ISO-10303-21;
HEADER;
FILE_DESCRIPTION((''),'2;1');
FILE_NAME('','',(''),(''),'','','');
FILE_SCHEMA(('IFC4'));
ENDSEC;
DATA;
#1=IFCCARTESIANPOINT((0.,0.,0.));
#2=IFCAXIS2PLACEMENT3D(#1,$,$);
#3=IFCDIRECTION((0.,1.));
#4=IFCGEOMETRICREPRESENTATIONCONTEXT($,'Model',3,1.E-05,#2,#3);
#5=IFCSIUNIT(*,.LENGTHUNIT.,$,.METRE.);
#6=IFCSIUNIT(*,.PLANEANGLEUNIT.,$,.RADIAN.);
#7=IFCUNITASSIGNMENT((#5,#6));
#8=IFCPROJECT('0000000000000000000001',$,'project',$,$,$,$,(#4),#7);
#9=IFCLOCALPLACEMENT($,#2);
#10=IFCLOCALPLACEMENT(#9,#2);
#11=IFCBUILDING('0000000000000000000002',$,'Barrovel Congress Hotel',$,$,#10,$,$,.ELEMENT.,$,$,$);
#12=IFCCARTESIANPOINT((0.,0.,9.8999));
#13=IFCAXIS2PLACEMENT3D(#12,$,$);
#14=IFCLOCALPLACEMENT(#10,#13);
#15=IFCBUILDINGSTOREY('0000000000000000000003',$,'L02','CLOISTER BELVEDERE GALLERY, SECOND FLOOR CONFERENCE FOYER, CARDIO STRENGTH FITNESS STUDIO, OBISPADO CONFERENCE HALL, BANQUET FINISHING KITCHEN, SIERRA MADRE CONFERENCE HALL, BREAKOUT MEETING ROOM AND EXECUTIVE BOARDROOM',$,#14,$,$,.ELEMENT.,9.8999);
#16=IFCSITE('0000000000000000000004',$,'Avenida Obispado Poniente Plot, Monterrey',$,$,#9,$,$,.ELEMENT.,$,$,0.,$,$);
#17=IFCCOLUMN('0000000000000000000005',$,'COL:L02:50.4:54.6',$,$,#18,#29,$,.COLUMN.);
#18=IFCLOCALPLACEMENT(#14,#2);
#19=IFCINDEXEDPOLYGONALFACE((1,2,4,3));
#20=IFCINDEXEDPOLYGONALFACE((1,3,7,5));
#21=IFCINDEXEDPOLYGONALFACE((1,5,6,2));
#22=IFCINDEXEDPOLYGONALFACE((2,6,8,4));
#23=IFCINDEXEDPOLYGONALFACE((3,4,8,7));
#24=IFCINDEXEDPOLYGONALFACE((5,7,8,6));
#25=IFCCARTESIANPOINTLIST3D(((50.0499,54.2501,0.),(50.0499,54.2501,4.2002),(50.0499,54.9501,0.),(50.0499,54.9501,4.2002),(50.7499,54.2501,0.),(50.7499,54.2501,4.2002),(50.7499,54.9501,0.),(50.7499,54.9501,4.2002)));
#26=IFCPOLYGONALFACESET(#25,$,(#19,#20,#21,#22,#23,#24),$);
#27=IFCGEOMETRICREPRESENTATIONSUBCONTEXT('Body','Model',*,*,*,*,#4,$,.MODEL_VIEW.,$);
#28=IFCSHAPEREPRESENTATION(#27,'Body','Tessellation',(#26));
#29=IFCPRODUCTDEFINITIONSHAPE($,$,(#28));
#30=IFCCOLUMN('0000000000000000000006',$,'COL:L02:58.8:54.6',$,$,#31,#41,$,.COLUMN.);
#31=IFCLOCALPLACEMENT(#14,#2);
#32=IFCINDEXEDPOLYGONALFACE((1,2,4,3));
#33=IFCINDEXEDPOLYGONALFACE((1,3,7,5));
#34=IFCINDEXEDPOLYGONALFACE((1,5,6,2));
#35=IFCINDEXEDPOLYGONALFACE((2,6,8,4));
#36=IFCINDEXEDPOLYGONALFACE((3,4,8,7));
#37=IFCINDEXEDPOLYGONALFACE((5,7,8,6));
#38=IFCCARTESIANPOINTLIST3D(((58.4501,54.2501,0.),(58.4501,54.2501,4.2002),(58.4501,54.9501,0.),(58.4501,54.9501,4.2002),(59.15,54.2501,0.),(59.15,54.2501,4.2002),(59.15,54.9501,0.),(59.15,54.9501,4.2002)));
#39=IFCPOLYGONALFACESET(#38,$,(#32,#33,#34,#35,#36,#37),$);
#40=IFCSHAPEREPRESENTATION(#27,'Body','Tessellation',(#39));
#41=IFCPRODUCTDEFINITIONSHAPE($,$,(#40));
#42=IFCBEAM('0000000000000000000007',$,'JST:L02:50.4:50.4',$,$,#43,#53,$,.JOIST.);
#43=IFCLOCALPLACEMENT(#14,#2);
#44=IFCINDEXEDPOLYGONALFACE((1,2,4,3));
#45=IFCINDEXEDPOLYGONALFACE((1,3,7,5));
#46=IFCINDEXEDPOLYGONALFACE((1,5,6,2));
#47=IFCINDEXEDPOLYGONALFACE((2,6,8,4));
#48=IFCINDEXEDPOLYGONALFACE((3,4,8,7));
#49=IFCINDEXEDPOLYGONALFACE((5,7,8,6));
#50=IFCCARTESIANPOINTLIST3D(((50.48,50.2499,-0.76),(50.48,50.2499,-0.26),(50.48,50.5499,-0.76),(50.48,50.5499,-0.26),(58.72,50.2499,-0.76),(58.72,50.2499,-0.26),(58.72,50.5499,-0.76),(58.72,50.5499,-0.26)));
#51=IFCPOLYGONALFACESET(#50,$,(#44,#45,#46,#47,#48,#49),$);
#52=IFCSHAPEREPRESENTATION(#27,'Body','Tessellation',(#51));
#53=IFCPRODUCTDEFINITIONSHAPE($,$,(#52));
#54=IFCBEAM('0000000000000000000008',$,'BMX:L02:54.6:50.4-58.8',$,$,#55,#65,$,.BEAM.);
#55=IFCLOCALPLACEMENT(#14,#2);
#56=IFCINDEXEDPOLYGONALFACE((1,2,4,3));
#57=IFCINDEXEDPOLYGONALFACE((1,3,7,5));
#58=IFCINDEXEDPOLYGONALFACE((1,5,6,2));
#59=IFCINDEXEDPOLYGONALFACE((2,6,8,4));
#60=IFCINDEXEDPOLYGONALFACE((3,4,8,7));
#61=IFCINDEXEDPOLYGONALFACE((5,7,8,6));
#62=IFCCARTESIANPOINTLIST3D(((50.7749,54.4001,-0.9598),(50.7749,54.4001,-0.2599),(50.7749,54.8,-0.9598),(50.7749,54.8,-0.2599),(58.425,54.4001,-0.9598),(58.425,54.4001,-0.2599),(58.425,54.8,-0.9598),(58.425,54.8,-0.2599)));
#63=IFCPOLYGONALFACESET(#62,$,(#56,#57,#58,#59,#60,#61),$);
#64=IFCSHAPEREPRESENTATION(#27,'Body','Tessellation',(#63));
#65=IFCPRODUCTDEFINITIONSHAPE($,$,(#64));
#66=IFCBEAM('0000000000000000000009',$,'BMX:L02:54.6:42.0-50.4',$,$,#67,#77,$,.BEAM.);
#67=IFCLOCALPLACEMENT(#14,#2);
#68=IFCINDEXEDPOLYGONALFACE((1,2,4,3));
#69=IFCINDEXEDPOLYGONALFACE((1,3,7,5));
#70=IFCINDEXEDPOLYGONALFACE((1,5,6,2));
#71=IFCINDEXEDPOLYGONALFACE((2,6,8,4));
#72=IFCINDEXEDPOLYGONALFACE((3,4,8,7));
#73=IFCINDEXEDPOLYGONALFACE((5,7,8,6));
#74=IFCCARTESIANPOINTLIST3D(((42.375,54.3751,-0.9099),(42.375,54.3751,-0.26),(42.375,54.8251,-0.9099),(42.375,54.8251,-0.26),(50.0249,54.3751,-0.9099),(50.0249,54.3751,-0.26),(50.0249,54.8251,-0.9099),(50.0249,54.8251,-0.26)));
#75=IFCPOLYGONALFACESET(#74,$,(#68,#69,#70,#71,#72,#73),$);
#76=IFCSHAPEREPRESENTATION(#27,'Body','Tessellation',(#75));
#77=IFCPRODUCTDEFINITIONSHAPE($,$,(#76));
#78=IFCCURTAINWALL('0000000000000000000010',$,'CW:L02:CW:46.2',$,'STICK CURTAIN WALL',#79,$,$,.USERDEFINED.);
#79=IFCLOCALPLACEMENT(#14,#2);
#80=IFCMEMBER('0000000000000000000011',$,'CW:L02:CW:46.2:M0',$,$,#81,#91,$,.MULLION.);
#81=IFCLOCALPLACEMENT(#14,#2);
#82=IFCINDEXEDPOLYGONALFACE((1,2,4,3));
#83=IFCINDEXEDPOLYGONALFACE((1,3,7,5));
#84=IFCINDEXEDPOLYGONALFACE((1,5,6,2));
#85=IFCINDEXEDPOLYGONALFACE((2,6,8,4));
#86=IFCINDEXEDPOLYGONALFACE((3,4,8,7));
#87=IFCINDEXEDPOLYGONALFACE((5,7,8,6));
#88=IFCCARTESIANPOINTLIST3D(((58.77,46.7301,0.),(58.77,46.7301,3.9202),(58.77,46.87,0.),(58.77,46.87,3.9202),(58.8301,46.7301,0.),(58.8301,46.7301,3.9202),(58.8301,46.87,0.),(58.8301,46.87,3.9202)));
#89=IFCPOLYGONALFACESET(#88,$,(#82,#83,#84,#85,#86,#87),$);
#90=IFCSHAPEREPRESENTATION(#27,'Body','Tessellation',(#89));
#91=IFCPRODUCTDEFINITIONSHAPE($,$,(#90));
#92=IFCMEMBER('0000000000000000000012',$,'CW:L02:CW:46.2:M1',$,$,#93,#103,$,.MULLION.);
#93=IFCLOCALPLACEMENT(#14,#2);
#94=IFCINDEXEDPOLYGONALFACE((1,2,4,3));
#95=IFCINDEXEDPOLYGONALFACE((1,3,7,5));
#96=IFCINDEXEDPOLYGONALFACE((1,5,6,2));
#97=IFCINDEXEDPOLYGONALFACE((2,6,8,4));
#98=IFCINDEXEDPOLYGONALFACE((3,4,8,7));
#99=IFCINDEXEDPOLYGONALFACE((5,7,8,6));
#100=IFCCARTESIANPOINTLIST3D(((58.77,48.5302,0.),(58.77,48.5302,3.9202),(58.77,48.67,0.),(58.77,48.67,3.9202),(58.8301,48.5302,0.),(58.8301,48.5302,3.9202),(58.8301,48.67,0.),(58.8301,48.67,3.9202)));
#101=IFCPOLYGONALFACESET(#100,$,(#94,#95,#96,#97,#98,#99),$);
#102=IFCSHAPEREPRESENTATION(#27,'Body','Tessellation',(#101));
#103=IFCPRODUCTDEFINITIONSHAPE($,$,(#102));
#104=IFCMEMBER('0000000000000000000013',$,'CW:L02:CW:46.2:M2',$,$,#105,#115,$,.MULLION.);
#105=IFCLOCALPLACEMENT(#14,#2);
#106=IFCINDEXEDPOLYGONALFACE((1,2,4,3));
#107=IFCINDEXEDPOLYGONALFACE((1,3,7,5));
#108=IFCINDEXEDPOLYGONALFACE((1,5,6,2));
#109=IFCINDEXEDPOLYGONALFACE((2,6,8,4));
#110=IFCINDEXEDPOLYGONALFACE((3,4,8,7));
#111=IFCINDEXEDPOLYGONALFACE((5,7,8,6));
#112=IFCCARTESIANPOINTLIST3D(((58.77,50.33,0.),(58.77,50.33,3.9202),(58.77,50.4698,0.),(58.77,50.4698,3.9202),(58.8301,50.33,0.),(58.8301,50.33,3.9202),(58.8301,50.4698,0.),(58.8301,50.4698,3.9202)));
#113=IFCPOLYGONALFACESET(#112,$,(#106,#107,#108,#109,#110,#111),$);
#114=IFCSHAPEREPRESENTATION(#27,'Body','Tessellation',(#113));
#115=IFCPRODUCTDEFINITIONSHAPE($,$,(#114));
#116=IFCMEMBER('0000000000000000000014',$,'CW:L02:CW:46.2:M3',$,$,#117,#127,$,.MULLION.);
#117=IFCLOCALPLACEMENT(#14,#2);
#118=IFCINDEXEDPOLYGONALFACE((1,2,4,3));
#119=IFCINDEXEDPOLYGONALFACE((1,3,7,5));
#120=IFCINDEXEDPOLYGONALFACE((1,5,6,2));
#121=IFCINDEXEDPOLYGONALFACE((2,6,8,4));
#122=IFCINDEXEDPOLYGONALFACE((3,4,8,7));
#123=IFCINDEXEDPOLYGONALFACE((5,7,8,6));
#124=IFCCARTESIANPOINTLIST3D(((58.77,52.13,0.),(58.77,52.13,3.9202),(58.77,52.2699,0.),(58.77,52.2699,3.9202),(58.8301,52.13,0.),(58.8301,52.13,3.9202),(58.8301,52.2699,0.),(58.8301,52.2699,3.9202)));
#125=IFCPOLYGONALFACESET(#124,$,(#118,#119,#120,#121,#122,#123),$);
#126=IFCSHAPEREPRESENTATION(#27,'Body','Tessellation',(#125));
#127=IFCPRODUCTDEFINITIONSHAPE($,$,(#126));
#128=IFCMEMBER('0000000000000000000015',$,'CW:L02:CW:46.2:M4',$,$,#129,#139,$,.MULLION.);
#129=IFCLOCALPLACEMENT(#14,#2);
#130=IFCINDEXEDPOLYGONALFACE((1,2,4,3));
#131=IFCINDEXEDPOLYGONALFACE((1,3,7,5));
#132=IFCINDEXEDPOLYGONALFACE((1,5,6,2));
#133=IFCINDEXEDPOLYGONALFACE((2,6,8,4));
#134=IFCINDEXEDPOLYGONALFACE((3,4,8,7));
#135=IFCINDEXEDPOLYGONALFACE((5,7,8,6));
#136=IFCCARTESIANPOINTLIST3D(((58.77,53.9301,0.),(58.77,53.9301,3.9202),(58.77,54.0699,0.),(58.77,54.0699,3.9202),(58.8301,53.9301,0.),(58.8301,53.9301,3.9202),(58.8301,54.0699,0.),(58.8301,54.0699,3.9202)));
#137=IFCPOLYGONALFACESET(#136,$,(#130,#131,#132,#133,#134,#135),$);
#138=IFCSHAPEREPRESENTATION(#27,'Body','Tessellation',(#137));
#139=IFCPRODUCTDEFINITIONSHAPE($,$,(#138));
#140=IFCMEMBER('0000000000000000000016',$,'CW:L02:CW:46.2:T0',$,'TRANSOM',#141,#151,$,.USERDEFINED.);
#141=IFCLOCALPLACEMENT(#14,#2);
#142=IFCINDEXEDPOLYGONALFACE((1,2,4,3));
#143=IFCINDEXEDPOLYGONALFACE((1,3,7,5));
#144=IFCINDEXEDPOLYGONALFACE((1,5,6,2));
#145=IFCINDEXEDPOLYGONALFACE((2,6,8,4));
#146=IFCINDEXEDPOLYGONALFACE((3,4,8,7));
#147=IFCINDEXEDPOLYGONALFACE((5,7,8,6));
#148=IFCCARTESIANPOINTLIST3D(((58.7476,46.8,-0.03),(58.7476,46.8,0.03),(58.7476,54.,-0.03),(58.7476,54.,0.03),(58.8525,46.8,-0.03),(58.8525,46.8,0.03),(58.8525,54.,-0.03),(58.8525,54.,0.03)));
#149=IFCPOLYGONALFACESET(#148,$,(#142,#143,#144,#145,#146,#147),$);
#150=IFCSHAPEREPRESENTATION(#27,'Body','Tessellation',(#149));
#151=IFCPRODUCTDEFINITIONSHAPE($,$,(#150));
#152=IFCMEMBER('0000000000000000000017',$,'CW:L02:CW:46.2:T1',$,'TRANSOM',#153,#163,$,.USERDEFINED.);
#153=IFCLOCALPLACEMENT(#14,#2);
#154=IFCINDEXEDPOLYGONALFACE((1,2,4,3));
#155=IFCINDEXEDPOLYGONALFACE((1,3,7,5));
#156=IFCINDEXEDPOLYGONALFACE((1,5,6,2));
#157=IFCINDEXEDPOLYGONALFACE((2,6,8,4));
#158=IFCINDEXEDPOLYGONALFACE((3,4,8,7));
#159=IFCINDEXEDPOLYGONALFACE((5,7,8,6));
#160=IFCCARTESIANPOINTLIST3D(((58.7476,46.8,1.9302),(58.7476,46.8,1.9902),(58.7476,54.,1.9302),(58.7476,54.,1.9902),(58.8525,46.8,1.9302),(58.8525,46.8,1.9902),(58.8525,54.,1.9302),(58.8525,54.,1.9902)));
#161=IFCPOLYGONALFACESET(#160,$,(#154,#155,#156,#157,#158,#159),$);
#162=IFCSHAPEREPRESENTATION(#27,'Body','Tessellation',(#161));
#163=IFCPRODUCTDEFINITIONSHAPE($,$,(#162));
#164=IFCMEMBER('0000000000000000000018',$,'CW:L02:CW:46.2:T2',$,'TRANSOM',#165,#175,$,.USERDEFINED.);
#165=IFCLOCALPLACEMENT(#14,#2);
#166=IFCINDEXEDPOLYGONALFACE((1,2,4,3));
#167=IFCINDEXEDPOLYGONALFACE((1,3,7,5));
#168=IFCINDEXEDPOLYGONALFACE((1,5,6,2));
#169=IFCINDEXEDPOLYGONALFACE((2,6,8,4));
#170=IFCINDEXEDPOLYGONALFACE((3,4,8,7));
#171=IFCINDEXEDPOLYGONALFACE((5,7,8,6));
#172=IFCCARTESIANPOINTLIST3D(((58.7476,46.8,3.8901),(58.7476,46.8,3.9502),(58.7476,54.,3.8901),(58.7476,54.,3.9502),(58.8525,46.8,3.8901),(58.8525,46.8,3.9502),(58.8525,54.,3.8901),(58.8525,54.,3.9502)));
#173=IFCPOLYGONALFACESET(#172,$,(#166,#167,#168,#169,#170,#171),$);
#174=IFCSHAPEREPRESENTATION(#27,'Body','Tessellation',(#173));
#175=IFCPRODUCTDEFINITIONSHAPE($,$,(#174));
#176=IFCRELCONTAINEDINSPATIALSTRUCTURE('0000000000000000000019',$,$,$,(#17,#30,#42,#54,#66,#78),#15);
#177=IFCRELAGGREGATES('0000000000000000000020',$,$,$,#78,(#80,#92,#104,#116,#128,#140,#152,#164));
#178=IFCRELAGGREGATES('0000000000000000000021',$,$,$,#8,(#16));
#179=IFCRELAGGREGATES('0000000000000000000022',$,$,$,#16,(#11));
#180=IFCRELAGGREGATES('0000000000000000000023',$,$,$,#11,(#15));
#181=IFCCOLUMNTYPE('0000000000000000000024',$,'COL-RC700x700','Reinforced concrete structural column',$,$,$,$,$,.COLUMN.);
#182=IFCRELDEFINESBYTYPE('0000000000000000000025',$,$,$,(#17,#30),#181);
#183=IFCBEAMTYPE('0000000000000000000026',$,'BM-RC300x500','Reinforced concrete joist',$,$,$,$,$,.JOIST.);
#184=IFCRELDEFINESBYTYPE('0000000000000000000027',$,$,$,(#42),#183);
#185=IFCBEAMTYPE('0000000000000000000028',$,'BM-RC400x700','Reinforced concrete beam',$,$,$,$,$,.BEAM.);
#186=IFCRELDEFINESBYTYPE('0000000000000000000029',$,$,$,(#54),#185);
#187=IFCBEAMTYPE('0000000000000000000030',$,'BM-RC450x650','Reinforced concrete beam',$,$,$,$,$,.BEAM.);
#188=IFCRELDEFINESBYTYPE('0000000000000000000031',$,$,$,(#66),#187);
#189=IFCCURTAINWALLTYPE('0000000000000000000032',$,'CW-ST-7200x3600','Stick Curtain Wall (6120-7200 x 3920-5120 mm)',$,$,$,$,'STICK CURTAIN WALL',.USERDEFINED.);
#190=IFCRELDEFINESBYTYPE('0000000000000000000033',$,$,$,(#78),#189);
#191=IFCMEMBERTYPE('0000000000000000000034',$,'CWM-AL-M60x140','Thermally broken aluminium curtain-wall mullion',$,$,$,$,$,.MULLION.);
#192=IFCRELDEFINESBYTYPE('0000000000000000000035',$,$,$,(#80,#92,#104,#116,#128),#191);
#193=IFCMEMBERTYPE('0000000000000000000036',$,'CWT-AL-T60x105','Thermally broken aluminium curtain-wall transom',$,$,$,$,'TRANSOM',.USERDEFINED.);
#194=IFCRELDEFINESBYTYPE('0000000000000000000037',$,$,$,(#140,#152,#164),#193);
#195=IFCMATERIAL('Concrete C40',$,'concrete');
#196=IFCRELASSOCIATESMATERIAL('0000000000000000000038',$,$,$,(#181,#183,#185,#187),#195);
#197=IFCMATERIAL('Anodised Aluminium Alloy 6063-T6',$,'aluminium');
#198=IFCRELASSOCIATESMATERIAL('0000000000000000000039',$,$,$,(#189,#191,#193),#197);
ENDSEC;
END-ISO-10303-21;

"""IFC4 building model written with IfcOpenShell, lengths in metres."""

from ifc_helpers import new_model, si_unit, direction, frame, origin, origin_2d, place, context, subcontext, project, spatial, rectangle, extrude, material, material_profile, profile_set, type_object, element, aggregate, save


model = new_model("IFC4")

# Units and contexts
model_context = context("Model", 3, precision=1e-05, world=origin(), true_north=direction((0.0, 1.0)))
body_context = subcontext(model_context, "Body", "Model", "MODEL_VIEW")
ifc_project = project(units=[si_unit("LENGTHUNIT", "METRE"), si_unit("PLANEANGLEUNIT", "RADIAN")], contexts=[model_context])

# Site, building, storey
site_placement = place(None, origin())
site = spatial("IfcSite", under=ifc_project, at=site_placement, Name="Avenida Obispado Poniente Plot, Monterrey", CompositionType="ELEMENT", RefElevation=0.0)
building_placement = place(site_placement, origin())
building = spatial("IfcBuilding", under=site, at=building_placement, Name="Barrovel Congress Hotel", CompositionType="ELEMENT")
storey_placement = place(building_placement, frame((0.0, 0.0, 9.8999)))
storey = spatial("IfcBuildingStorey", under=building, at=storey_placement, Name="L02", Description="CLOISTER BELVEDERE GALLERY, SECOND FLOOR CONFERENCE FOYER, CARDIO STRENGTH FITNESS STUDIO, OBISPADO CONFERENCE HALL, BANQUET FINISHING KITCHEN, SIERRA MADRE CONFERENCE HALL, BREAKOUT MEETING ROOM AND EXECUTIVE BOARDROOM", CompositionType="ELEMENT", Elevation=9.8999)

# Columns
ifc_material_1 = material(Name="Concrete C40", Category="concrete")
ifc_material_profile_1 = material_profile(ifc_material_1, rectangle(XDim=0.7, YDim=0.7, at=origin_2d()), Name="RC700x700")
ifc_profile_set_1 = profile_set([ifc_material_profile_1], Name="Concrete C40")
column_type = type_object("IfcColumnType", Name="COL-RC700x700", Description="Reinforced concrete structural column", PredefinedType="COLUMN", material=ifc_profile_set_1)
for number, where, z_axis, x_axis, name in (
    (1, (50.3999, 54.6001, 0.0), (0.0, 0.0, 1.0), (1.0, 0.0, 0.0), "COL:L02:50.4:54.6"),
    (2, (58.8, 54.6001, 0.0), (0.0, 0.0, 1.0), (1.0, 0.0, 0.0), "COL:L02:58.8:54.6"),
):
    element("IfcColumn", number, at=place(storey_placement, frame(where, z_axis=z_axis, x_axis=x_axis)), inside=storey, type_object=column_type, Name=name, PredefinedType="COLUMN", context=body_context, shape_type="SweptSolid", body=[
        extrude(rectangle(XDim=0.7, YDim=0.7, at=origin_2d()), origin(), (0.0, 0.0, 1.0), 4.2002),
    ])

# Beams
ifc_material_profile_2 = material_profile(ifc_material_1, rectangle(XDim=0.3, YDim=0.5, at=origin_2d()), Name="RC300x500")
ifc_profile_set_2 = profile_set([ifc_material_profile_2], Name="Concrete C40")
beam_type_1 = type_object("IfcBeamType", Name="BM-RC300x500", Description="Reinforced concrete joist", PredefinedType="JOIST", material=ifc_profile_set_2)
beam_1_placement = place(storey_placement, frame((50.48, 50.3999, -0.51), z_axis=(1.0, 0.0, 0.0), x_axis=(0.0, 1.0, 0.0)))
element("IfcBeam", 3, at=beam_1_placement, inside=storey, type_object=beam_type_1, Name="JST:L02:50.4:50.4", PredefinedType="JOIST", context=body_context, shape_type="SweptSolid", body=[
    extrude(rectangle(XDim=0.3, YDim=0.5, at=origin_2d()), origin(), (0.0, 0.0, 1.0), 8.24),
])
ifc_material_profile_3 = material_profile(ifc_material_1, rectangle(XDim=0.3999, YDim=0.7, at=origin_2d()), Name="RC400x700")
ifc_profile_set_3 = profile_set([ifc_material_profile_3], Name="Concrete C40")
beam_type_2 = type_object("IfcBeamType", Name="BM-RC400x700", Description="Reinforced concrete beam", PredefinedType="BEAM", material=ifc_profile_set_3)
beam_2_placement = place(storey_placement, frame((50.7749, 54.6001, -0.6099), z_axis=(1.0, 0.0, 0.0), x_axis=(0.0, 1.0, 0.0)))
element("IfcBeam", 4, at=beam_2_placement, inside=storey, type_object=beam_type_2, Name="BMX:L02:54.6:50.4-58.8", PredefinedType="BEAM", context=body_context, shape_type="SweptSolid", body=[
    extrude(rectangle(XDim=0.3999, YDim=0.7, at=origin_2d()), origin(), (0.0, 0.0, 1.0), 7.6501),
])
ifc_material_profile_4 = material_profile(ifc_material_1, rectangle(XDim=0.45, YDim=0.6499, at=origin_2d()), Name="RC450x650")
ifc_profile_set_4 = profile_set([ifc_material_profile_4], Name="Concrete C40")
beam_type_3 = type_object("IfcBeamType", Name="BM-RC450x650", Description="Reinforced concrete beam", PredefinedType="BEAM", material=ifc_profile_set_4)
beam_3_placement = place(storey_placement, frame((42.375, 54.6001, -0.585), z_axis=(1.0, 0.0, 0.0), x_axis=(0.0, 1.0, 0.0)))
element("IfcBeam", 5, at=beam_3_placement, inside=storey, type_object=beam_type_3, Name="BMX:L02:54.6:42.0-50.4", PredefinedType="BEAM", context=body_context, shape_type="SweptSolid", body=[
    extrude(rectangle(XDim=0.45, YDim=0.6499, at=origin_2d()), origin(), (0.0, 0.0, 1.0), 7.6499),
])

# Curtain wall, members
ifc_material_2 = material(Name="Anodised Aluminium Alloy 6063-T6", Category="aluminium")
curtain_wall_type = type_object("IfcCurtainWallType", Name="CW-ST-7200x3600", Description="Stick Curtain Wall (6120-7200 x 3920-5120 mm)", ElementType="STICK CURTAIN WALL", PredefinedType="USERDEFINED", material=ifc_material_2)
curtain_wall_placement = place(storey_placement, origin())
curtain_wall = element("IfcCurtainWall", 6, at=curtain_wall_placement, inside=storey, type_object=curtain_wall_type, Name="CW:L02:CW:46.2", ObjectType="STICK CURTAIN WALL", PredefinedType="USERDEFINED")
ifc_material_profile_5 = material_profile(ifc_material_2, rectangle(XDim=0.0601, YDim=0.1399, at=origin_2d()), Name="AL-M60x140")
ifc_profile_set_5 = profile_set([ifc_material_profile_5], Name="Anodised Aluminium Alloy 6063-T6")
member_type_1 = type_object("IfcMemberType", Name="CWM-AL-M60x140", Description="Thermally broken aluminium curtain-wall mullion", PredefinedType="MULLION", material=ifc_profile_set_5)
member_1_placement = place(storey_placement, frame((58.8, 46.8, 0.0), z_axis=(0.0, 0.0, 1.0), x_axis=(1.0, 0.0, 0.0)))
member_1 = element("IfcMember", 7, at=member_1_placement, type_object=member_type_1, Name="CW:L02:CW:46.2:M0", PredefinedType="MULLION", context=body_context, shape_type="SweptSolid", body=[
    extrude(rectangle(XDim=0.0601, YDim=0.1399, at=origin_2d()), origin(), (0.0, 0.0, 1.0), 3.9202),
])
member_2_placement = place(storey_placement, frame((58.8, 48.6001, 0.0), z_axis=(0.0, 0.0, 1.0), x_axis=(1.0, 0.0, 0.0)))
member_2 = element("IfcMember", 8, at=member_2_placement, type_object=member_type_1, Name="CW:L02:CW:46.2:M1", PredefinedType="MULLION", context=body_context, shape_type="SweptSolid", body=[
    extrude(rectangle(XDim=0.0601, YDim=0.1399, at=origin_2d()), origin(), (0.0, 0.0, 1.0), 3.9202),
])
member_3_placement = place(storey_placement, frame((58.8, 50.3999, 0.0), z_axis=(0.0, 0.0, 1.0), x_axis=(1.0, 0.0, 0.0)))
member_3 = element("IfcMember", 9, at=member_3_placement, type_object=member_type_1, Name="CW:L02:CW:46.2:M2", PredefinedType="MULLION", context=body_context, shape_type="SweptSolid", body=[
    extrude(rectangle(XDim=0.0601, YDim=0.1399, at=origin_2d()), origin(), (0.0, 0.0, 1.0), 3.9202),
])
member_4_placement = place(storey_placement, frame((58.8, 52.2, 0.0), z_axis=(0.0, 0.0, 1.0), x_axis=(1.0, 0.0, 0.0)))
member_4 = element("IfcMember", 10, at=member_4_placement, type_object=member_type_1, Name="CW:L02:CW:46.2:M3", PredefinedType="MULLION", context=body_context, shape_type="SweptSolid", body=[
    extrude(rectangle(XDim=0.0601, YDim=0.1399, at=origin_2d()), origin(), (0.0, 0.0, 1.0), 3.9202),
])
member_5_placement = place(storey_placement, frame((58.8, 54.0, 0.0), z_axis=(0.0, 0.0, 1.0), x_axis=(1.0, 0.0, 0.0)))
member_5 = element("IfcMember", 11, at=member_5_placement, type_object=member_type_1, Name="CW:L02:CW:46.2:M4", PredefinedType="MULLION", context=body_context, shape_type="SweptSolid", body=[
    extrude(rectangle(XDim=0.0601, YDim=0.1399, at=origin_2d()), origin(), (0.0, 0.0, 1.0), 3.9202),
])
ifc_material_profile_6 = material_profile(ifc_material_2, rectangle(XDim=0.105, YDim=0.0601, at=origin_2d()), Name="AL-T60x105")
ifc_profile_set_6 = profile_set([ifc_material_profile_6], Name="Anodised Aluminium Alloy 6063-T6")
member_type_2 = type_object("IfcMemberType", Name="CWT-AL-T60x105", Description="Thermally broken aluminium curtain-wall transom", ElementType="TRANSOM", PredefinedType="USERDEFINED", material=ifc_profile_set_6)
member_6_placement = place(storey_placement, frame((58.8, 46.8, 0.0), z_axis=(0.0, 1.0, 0.0), x_axis=(-1.0, 0.0, 0.0)))
member_6 = element("IfcMember", 12, at=member_6_placement, type_object=member_type_2, Name="CW:L02:CW:46.2:T0", ObjectType="TRANSOM", PredefinedType="USERDEFINED", context=body_context, shape_type="SweptSolid", body=[
    extrude(rectangle(XDim=0.105, YDim=0.0601, at=origin_2d()), origin(), (0.0, 0.0, 1.0), 7.2),
])
member_7_placement = place(storey_placement, frame((58.8, 46.8, 1.9602), z_axis=(0.0, 1.0, 0.0), x_axis=(-1.0, 0.0, 0.0)))
member_7 = element("IfcMember", 13, at=member_7_placement, type_object=member_type_2, Name="CW:L02:CW:46.2:T1", ObjectType="TRANSOM", PredefinedType="USERDEFINED", context=body_context, shape_type="SweptSolid", body=[
    extrude(rectangle(XDim=0.105, YDim=0.0601, at=origin_2d()), origin(), (0.0, 0.0, 1.0), 7.2),
])
member_8_placement = place(storey_placement, frame((58.8, 46.8, 3.9202), z_axis=(0.0, 1.0, 0.0), x_axis=(-1.0, 0.0, 0.0)))
member_8 = element("IfcMember", 14, at=member_8_placement, type_object=member_type_2, Name="CW:L02:CW:46.2:T2", ObjectType="TRANSOM", PredefinedType="USERDEFINED", context=body_context, shape_type="SweptSolid", body=[
    extrude(rectangle(XDim=0.105, YDim=0.0601, at=origin_2d()), origin(), (0.0, 0.0, 1.0), 7.2),
])

aggregate(curtain_wall, [member_1, member_2, member_3, member_4, member_5, member_6, member_7, member_8])

save(model, "model.ifc")
